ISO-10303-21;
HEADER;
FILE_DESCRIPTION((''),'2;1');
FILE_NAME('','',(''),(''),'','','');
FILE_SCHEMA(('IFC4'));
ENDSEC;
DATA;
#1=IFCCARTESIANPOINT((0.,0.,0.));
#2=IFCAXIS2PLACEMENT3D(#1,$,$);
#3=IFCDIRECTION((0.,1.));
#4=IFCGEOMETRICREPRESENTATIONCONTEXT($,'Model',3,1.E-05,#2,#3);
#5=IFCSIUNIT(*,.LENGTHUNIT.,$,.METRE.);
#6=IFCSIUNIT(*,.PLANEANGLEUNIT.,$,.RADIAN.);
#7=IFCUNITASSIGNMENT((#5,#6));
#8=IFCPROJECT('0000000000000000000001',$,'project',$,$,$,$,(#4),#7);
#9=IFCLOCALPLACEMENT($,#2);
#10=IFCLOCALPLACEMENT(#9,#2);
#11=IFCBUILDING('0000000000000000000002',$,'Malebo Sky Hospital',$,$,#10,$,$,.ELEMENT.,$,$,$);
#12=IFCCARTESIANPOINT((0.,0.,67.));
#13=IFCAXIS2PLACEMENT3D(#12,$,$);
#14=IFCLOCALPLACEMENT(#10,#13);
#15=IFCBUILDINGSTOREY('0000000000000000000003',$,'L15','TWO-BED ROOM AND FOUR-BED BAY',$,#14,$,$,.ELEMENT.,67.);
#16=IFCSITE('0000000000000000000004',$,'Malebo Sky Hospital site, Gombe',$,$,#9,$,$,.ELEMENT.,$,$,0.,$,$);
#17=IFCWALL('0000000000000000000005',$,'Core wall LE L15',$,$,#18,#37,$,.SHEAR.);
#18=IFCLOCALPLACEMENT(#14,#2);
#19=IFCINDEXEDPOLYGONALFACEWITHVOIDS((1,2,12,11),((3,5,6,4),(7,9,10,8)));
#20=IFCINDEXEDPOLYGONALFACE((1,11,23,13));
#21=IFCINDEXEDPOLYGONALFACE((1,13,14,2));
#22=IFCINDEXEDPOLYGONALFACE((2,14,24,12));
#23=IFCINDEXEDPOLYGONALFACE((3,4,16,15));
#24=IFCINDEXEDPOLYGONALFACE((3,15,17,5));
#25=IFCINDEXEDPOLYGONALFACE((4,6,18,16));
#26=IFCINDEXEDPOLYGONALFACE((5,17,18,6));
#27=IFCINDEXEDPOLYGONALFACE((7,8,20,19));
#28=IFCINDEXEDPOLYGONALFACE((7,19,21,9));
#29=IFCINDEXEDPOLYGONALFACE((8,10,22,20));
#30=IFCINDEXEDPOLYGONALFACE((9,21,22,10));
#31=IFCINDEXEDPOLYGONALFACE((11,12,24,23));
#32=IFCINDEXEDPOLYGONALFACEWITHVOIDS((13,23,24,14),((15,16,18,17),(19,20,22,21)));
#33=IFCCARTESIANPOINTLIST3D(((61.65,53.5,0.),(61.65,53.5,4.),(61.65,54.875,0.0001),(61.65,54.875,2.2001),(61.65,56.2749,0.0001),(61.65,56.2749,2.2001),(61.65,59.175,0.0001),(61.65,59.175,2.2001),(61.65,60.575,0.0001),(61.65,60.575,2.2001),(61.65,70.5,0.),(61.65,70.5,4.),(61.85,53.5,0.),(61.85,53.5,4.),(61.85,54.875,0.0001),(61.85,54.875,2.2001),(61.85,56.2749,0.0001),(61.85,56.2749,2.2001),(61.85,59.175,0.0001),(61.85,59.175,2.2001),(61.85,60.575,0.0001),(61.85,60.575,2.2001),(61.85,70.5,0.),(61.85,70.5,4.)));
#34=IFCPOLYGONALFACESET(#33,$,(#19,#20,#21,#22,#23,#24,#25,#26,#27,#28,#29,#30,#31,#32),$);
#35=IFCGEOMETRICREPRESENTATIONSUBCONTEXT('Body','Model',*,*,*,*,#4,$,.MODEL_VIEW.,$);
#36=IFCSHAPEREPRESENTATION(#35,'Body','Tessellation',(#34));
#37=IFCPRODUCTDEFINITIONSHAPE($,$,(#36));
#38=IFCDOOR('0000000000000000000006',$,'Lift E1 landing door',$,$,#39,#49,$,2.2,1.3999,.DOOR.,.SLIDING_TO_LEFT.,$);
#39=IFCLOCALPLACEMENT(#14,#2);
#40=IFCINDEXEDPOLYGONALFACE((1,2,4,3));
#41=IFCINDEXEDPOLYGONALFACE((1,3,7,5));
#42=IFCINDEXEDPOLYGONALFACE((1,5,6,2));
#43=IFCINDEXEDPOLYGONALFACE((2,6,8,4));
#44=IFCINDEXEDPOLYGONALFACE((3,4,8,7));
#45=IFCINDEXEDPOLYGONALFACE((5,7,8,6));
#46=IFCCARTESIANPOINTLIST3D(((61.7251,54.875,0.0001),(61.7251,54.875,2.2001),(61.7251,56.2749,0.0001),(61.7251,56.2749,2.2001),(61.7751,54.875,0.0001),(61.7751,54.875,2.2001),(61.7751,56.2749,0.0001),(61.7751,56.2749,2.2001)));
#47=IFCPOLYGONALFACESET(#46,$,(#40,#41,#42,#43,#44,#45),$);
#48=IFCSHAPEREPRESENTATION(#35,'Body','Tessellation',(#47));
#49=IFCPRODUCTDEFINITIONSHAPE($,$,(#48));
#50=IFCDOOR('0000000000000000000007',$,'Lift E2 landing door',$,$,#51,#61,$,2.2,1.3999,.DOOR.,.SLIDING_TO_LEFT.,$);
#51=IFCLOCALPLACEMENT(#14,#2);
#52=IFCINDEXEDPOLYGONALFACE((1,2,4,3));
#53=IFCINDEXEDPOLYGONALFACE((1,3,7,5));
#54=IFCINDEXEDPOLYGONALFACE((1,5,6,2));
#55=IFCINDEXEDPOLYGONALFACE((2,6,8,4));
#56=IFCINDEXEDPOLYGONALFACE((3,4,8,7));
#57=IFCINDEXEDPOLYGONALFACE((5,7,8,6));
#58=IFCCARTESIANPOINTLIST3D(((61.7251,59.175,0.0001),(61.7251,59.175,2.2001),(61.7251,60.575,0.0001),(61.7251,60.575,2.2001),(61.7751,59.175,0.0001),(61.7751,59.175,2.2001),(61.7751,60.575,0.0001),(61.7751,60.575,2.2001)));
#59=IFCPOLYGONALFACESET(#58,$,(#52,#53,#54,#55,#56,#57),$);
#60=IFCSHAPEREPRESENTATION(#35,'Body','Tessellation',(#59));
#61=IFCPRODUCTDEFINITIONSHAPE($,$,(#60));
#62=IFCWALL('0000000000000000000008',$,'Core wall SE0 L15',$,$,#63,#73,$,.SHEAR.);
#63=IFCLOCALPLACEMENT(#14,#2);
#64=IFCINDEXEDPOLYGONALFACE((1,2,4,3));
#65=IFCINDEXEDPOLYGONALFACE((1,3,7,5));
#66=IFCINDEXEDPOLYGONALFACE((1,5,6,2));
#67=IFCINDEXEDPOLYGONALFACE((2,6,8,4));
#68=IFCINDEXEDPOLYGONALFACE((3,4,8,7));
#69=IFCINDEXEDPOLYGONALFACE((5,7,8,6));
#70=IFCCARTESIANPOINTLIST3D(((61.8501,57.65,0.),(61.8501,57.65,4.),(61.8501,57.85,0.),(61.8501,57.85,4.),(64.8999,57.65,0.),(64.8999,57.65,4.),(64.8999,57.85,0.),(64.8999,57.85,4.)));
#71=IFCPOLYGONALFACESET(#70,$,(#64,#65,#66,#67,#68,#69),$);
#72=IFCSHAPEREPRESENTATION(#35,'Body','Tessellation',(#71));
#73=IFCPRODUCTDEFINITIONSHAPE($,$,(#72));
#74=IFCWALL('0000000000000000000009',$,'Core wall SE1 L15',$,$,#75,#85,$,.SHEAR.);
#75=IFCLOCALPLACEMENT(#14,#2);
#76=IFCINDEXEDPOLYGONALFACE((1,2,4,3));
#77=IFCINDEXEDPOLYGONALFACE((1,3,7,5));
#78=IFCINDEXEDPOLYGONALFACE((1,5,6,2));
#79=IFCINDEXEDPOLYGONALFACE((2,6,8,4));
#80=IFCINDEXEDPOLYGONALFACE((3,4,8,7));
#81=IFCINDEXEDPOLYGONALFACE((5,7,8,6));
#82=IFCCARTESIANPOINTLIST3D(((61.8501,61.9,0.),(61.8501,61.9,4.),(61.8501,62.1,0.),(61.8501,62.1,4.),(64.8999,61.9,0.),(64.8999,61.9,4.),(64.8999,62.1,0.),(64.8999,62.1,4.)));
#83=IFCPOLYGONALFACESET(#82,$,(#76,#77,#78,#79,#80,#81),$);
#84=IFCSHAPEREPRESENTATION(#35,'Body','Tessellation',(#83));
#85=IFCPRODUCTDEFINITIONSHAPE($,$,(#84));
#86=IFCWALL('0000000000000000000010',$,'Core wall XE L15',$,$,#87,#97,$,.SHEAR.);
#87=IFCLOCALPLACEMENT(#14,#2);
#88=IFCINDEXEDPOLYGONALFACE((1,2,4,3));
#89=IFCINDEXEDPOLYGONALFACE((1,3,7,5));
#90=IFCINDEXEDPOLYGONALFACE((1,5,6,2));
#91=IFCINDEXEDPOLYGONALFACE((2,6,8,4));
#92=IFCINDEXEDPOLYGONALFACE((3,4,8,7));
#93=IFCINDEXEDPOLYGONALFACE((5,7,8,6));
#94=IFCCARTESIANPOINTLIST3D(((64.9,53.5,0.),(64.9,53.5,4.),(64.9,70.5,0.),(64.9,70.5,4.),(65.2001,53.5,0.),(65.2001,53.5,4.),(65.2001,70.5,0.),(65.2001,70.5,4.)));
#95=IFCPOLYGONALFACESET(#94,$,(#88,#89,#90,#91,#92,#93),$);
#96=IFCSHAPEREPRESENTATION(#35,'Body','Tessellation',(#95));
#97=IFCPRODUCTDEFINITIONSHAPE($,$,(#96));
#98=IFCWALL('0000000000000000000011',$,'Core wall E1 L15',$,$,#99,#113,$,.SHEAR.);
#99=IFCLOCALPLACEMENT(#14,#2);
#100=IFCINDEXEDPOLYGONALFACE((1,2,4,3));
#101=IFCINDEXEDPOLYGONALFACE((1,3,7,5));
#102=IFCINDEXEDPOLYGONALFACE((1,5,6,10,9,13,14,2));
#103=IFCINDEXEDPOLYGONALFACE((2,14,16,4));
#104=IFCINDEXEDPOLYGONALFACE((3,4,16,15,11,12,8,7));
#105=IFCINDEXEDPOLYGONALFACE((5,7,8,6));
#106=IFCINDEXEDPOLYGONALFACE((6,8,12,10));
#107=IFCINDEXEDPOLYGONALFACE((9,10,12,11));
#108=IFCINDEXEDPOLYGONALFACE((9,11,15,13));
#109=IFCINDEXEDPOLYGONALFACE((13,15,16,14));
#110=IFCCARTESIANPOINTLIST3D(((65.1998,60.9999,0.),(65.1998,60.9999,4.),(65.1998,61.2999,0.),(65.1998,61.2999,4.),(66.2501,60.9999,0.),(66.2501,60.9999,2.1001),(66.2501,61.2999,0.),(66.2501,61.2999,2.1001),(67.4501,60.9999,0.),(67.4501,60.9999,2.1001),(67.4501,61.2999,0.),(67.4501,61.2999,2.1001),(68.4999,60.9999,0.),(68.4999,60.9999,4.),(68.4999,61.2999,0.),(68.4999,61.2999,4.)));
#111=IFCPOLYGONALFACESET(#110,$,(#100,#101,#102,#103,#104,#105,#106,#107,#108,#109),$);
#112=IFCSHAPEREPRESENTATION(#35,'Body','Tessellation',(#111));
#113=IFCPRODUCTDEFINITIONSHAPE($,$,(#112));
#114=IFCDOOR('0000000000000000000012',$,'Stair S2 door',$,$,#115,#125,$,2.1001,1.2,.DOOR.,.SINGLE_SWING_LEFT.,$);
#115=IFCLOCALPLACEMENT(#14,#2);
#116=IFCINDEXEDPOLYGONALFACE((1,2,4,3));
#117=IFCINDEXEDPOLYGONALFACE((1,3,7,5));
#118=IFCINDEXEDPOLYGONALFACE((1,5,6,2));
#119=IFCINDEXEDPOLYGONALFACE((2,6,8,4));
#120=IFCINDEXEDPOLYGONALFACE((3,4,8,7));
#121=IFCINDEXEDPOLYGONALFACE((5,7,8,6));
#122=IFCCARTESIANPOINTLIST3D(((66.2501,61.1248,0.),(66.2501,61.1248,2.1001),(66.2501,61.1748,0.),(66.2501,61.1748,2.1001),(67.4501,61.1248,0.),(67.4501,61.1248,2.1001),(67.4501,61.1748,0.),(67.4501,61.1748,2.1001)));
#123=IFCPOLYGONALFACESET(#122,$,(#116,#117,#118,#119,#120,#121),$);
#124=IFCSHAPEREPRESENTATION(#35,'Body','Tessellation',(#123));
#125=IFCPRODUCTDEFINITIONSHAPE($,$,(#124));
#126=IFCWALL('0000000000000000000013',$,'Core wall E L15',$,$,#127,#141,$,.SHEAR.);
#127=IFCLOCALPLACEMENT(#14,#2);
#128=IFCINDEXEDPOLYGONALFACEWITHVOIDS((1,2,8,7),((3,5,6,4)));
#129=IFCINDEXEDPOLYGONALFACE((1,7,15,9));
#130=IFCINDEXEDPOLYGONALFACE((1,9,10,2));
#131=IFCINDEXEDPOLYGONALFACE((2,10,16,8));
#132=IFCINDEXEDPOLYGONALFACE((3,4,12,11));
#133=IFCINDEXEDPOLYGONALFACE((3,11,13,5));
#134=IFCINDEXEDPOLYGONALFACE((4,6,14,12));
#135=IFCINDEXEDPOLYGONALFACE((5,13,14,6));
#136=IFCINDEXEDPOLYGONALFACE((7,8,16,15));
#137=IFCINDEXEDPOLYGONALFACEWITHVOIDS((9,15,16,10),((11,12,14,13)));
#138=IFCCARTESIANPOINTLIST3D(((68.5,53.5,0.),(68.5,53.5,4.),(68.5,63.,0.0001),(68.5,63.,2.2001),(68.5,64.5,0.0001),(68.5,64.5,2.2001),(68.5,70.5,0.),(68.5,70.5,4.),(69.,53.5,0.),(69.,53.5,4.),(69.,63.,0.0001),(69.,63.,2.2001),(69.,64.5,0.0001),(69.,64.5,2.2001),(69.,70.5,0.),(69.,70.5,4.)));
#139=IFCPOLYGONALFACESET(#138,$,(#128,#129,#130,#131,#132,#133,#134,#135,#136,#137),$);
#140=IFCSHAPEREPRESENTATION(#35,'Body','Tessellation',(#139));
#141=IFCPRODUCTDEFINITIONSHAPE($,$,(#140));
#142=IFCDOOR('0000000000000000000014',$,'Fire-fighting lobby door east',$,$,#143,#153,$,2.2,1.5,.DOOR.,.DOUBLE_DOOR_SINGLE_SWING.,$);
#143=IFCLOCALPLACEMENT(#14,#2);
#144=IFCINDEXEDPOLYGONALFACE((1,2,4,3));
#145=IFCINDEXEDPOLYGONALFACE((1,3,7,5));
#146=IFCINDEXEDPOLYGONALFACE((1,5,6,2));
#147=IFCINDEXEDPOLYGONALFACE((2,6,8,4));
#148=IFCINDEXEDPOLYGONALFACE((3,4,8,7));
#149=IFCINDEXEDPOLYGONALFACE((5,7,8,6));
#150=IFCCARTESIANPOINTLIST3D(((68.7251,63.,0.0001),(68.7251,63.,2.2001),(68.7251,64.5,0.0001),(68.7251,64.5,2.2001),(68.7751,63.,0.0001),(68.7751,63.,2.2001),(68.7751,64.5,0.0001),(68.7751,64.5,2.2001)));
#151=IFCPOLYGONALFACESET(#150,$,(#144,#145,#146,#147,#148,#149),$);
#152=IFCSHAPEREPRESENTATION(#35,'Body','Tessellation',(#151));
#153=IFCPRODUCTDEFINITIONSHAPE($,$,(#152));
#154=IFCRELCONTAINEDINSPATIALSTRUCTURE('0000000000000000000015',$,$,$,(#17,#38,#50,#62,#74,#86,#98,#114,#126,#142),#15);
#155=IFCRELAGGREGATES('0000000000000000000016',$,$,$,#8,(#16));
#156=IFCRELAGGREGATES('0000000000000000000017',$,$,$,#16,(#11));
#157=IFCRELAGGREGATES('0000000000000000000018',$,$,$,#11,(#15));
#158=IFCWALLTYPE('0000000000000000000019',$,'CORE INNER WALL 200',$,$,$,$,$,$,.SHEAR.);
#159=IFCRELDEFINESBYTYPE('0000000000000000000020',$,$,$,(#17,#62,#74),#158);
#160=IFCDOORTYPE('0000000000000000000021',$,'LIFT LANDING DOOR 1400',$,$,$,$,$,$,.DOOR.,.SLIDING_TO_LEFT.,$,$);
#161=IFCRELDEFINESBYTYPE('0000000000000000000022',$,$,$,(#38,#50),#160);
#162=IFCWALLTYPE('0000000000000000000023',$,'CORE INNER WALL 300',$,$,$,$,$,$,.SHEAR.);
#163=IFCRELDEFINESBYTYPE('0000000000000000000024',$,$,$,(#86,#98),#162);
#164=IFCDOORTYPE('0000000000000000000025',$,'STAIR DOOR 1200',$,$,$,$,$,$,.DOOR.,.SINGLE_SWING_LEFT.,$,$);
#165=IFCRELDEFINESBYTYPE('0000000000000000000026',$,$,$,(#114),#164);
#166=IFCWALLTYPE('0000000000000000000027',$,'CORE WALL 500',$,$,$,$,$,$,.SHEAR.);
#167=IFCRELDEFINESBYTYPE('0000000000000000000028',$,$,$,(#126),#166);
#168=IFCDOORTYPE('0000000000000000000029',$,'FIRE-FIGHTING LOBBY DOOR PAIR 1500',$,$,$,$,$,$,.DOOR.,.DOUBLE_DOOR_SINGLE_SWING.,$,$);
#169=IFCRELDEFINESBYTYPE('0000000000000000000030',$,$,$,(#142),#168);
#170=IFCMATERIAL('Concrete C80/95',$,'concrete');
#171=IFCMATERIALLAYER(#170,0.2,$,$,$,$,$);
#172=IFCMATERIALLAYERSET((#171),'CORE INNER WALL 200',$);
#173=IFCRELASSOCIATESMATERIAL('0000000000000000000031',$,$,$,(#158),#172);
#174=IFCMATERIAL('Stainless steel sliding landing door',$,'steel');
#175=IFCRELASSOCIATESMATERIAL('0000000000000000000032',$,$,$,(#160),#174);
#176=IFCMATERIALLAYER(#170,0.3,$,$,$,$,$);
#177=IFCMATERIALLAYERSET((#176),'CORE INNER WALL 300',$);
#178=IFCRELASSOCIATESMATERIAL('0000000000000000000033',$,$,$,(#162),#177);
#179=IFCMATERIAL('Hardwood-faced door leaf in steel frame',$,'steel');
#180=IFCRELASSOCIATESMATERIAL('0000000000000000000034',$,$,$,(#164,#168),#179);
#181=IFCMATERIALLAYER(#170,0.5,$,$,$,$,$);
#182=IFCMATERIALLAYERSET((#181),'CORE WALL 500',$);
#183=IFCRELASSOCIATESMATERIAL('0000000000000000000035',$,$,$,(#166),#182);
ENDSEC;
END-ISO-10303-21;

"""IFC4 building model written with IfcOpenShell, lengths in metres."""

from ifc_helpers import new_model, si_unit, direction, frame, frame_2d, origin, place, context, subcontext, project, spatial, rectangle, extrude, material, layer, layer_set, type_object, element, fill, save


model = new_model("IFC4")

# Units and contexts
model_context = context("Model", 3, precision=1e-05, world=origin(), true_north=direction((0.0, 1.0)))
body_context = subcontext(model_context, "Body", "Model", "MODEL_VIEW")
ifc_project = project(units=[si_unit("LENGTHUNIT", "METRE"), si_unit("PLANEANGLEUNIT", "RADIAN")], contexts=[model_context])

# Site, building, storey
site_placement = place(None, origin())
site = spatial("IfcSite", under=ifc_project, at=site_placement, Name="Malebo Sky Hospital site, Gombe", CompositionType="ELEMENT", RefElevation=0.0)
building_placement = place(site_placement, origin())
building = spatial("IfcBuilding", under=site, at=building_placement, Name="Malebo Sky Hospital", CompositionType="ELEMENT")
storey_placement = place(building_placement, frame((0.0, 0.0, 67.0)))
storey = spatial("IfcBuildingStorey", under=building, at=storey_placement, Name="L15", Description="TWO-BED ROOM AND FOUR-BED BAY", CompositionType="ELEMENT", Elevation=67.0)

# Wall, openings, doors
ifc_material_1 = material(Name="Concrete C80/95", Category="concrete")
ifc_layer_1 = layer(ifc_material_1, 0.2)
ifc_layer_set_1 = layer_set([ifc_layer_1], Name="CORE INNER WALL 200")
wall_type_1 = type_object("IfcWallType", Name="CORE INNER WALL 200", PredefinedType="SHEAR", material=ifc_layer_set_1)
wall_1_placement = place(storey_placement, frame((61.75, 53.5, 0.0), z_axis=(0.0, 0.0, 1.0), x_axis=(0.0, 1.0, 0.0)))
wall_1 = element("IfcWall", 1, at=wall_1_placement, inside=storey, type_object=wall_type_1, Name="Core wall LE L15", PredefinedType="SHEAR", context=body_context, shape_type="SweptSolid", body=[
    extrude(rectangle(XDim=17.0, YDim=0.2, at=frame_2d((8.5, 0.0))), origin(), (0.0, 0.0, 1.0), 4.0),
])
opening_1_placement = place(wall_1_placement, frame((1.375, 0.0, 0.0)))
opening_1 = element("IfcOpeningElement", 2, at=opening_1_placement, cuts=wall_1, PredefinedType="OPENING", context=body_context, shape_type="SweptSolid", body=[
    extrude(rectangle(XDim=1.3999, YDim=2.2, at=frame_2d((0.7, 1.1001))), frame((0.0, 0.1099, 0.0), z_axis=(0.0, -1.0, 0.0), x_axis=(1.0, 0.0, 0.0)), (0.0, 0.0, 1.0), 0.22),
])
opening_2_placement = place(wall_1_placement, frame((5.675, 0.0, 0.0)))
opening_2 = element("IfcOpeningElement", 3, at=opening_2_placement, cuts=wall_1, PredefinedType="OPENING", context=body_context, shape_type="SweptSolid", body=[
    extrude(rectangle(XDim=1.3999, YDim=2.2, at=frame_2d((0.7, 1.1001))), frame((0.0, 0.1099, 0.0), z_axis=(0.0, -1.0, 0.0), x_axis=(1.0, 0.0, 0.0)), (0.0, 0.0, 1.0), 0.22),
])
ifc_material_2 = material(Name="Stainless steel sliding landing door", Category="steel")
door_type_1 = type_object("IfcDoorType", Name="LIFT LANDING DOOR 1400", OperationType="SLIDING_TO_LEFT", PredefinedType="DOOR", material=ifc_material_2)
door_1_placement = place(opening_1_placement, origin())
door_1 = element("IfcDoor", 4, at=door_1_placement, inside=storey, type_object=door_type_1, Name="Lift E1 landing door", OperationType="SLIDING_TO_LEFT", OverallHeight=2.2, OverallWidth=1.3999, PredefinedType="DOOR", context=body_context, shape_type="SweptSolid", body=[
    extrude(rectangle(XDim=1.3999, YDim=2.2, at=frame_2d((0.7, 1.1001))), frame((0.0, 0.0249, 0.0), z_axis=(0.0, -1.0, 0.0), x_axis=(1.0, 0.0, 0.0)), (0.0, 0.0, 1.0), 0.05),
])
fill(opening_1, door_1)
door_2_placement = place(opening_2_placement, origin())
door_2 = element("IfcDoor", 5, at=door_2_placement, inside=storey, type_object=door_type_1, Name="Lift E2 landing door", OperationType="SLIDING_TO_LEFT", OverallHeight=2.2, OverallWidth=1.3999, PredefinedType="DOOR", context=body_context, shape_type="SweptSolid", body=[
    extrude(rectangle(XDim=1.3999, YDim=2.2, at=frame_2d((0.7, 1.1001))), frame((0.0, 0.0249, 0.0), z_axis=(0.0, -1.0, 0.0), x_axis=(1.0, 0.0, 0.0)), (0.0, 0.0, 1.0), 0.05),
])
fill(opening_2, door_2)

# Walls
for number, where, z_axis, x_axis, name in (
    (6, (61.8501, 57.75, 0.0), (0.0, 0.0, 1.0), (1.0, 0.0, 0.0), "Core wall SE0 L15"),
    (7, (61.8501, 62.0, 0.0), (0.0, 0.0, 1.0), (1.0, 0.0, 0.0), "Core wall SE1 L15"),
):
    element("IfcWall", number, at=place(storey_placement, frame(where, z_axis=z_axis, x_axis=x_axis)), inside=storey, type_object=wall_type_1, Name=name, PredefinedType="SHEAR", context=body_context, shape_type="SweptSolid", body=[
        extrude(rectangle(XDim=3.0498, YDim=0.2, at=frame_2d((1.5249, 0.0))), origin(), (0.0, 0.0, 1.0), 4.0),
    ])
ifc_layer_2 = layer(ifc_material_1, 0.3)
ifc_layer_set_2 = layer_set([ifc_layer_2], Name="CORE INNER WALL 300")
wall_type_2 = type_object("IfcWallType", Name="CORE INNER WALL 300", PredefinedType="SHEAR", material=ifc_layer_set_2)
wall_2_placement = place(storey_placement, frame((65.05, 53.5, 0.0), z_axis=(0.0, 0.0, 1.0), x_axis=(0.0, 1.0, 0.0)))
element("IfcWall", 8, at=wall_2_placement, inside=storey, type_object=wall_type_2, Name="Core wall XE L15", PredefinedType="SHEAR", context=body_context, shape_type="SweptSolid", body=[
    extrude(rectangle(XDim=17.0, YDim=0.3, at=frame_2d((8.5, 0.0))), origin(), (0.0, 0.0, 1.0), 4.0),
])

# Walls, openings, doors
wall_3_placement = place(storey_placement, frame((65.2, 61.1499, 0.0), z_axis=(0.0, 0.0, 1.0), x_axis=(1.0, 0.0, 0.0)))
wall_3 = element("IfcWall", 9, at=wall_3_placement, inside=storey, type_object=wall_type_2, Name="Core wall E1 L15", PredefinedType="SHEAR", context=body_context, shape_type="SweptSolid", body=[
    extrude(rectangle(XDim=3.3, YDim=0.3, at=frame_2d((1.6499, 0.0))), origin(), (0.0, 0.0, 1.0), 4.0),
])
opening_3_placement = place(wall_3_placement, frame((1.05, 0.0, 0.0)))
opening_3 = element("IfcOpeningElement", 10, at=opening_3_placement, cuts=wall_3, PredefinedType="OPENING", context=body_context, shape_type="SweptSolid", body=[
    extrude(rectangle(XDim=1.2, YDim=2.1001, at=frame_2d((0.6001, 1.05))), frame((0.0, 0.1599, 0.0), z_axis=(0.0, -1.0, 0.0), x_axis=(1.0, 0.0, 0.0)), (0.0, 0.0, 1.0), 0.3201),
])
ifc_material_3 = material(Name="Hardwood-faced door leaf in steel frame", Category="steel")
door_type_2 = type_object("IfcDoorType", Name="STAIR DOOR 1200", OperationType="SINGLE_SWING_LEFT", PredefinedType="DOOR", material=ifc_material_3)
door_3_placement = place(opening_3_placement, origin())
door_3 = element("IfcDoor", 11, at=door_3_placement, inside=storey, type_object=door_type_2, Name="Stair S2 door", OperationType="SINGLE_SWING_LEFT", OverallHeight=2.1001, OverallWidth=1.2, PredefinedType="DOOR", context=body_context, shape_type="SweptSolid", body=[
    extrude(rectangle(XDim=1.2, YDim=2.1001, at=frame_2d((0.6001, 1.05))), frame((0.0, 0.0249, 0.0), z_axis=(0.0, -1.0, 0.0), x_axis=(1.0, 0.0, 0.0)), (0.0, 0.0, 1.0), 0.05),
])
fill(opening_3, door_3)
ifc_layer_3 = layer(ifc_material_1, 0.5)
ifc_layer_set_3 = layer_set([ifc_layer_3], Name="CORE WALL 500")
wall_type_3 = type_object("IfcWallType", Name="CORE WALL 500", PredefinedType="SHEAR", material=ifc_layer_set_3)
wall_4_placement = place(storey_placement, frame((68.75, 53.5, 0.0), z_axis=(0.0, 0.0, 1.0), x_axis=(0.0, 1.0, 0.0)))
wall_4 = element("IfcWall", 12, at=wall_4_placement, inside=storey, type_object=wall_type_3, Name="Core wall E L15", PredefinedType="SHEAR", context=body_context, shape_type="SweptSolid", body=[
    extrude(rectangle(XDim=17.0, YDim=0.5, at=frame_2d((8.5, 0.0))), origin(), (0.0, 0.0, 1.0), 4.0),
])
opening_4_placement = place(wall_4_placement, frame((9.5, 0.0, 0.0)))
opening_4 = element("IfcOpeningElement", 13, at=opening_4_placement, cuts=wall_4, PredefinedType="OPENING", context=body_context, shape_type="SweptSolid", body=[
    extrude(rectangle(XDim=1.5, YDim=2.2, at=frame_2d((0.75, 1.1001))), frame((0.0, 0.26, 0.0), z_axis=(0.0, -1.0, 0.0), x_axis=(1.0, 0.0, 0.0)), (0.0, 0.0, 1.0), 0.52),
])
door_type_3 = type_object("IfcDoorType", Name="FIRE-FIGHTING LOBBY DOOR PAIR 1500", OperationType="DOUBLE_DOOR_SINGLE_SWING", PredefinedType="DOOR", material=ifc_material_3)
door_4_placement = place(opening_4_placement, origin())
door_4 = element("IfcDoor", 14, at=door_4_placement, inside=storey, type_object=door_type_3, Name="Fire-fighting lobby door east", OperationType="DOUBLE_DOOR_SINGLE_SWING", OverallHeight=2.2, OverallWidth=1.5, PredefinedType="DOOR", context=body_context, shape_type="SweptSolid", body=[
    extrude(rectangle(XDim=1.5, YDim=2.2, at=frame_2d((0.75, 1.1001))), frame((0.0, 0.0249, 0.0), z_axis=(0.0, -1.0, 0.0), x_axis=(1.0, 0.0, 0.0)), (0.0, 0.0, 1.0), 0.05),
])
fill(opening_4, door_4)

save(model, "model.ifc")
